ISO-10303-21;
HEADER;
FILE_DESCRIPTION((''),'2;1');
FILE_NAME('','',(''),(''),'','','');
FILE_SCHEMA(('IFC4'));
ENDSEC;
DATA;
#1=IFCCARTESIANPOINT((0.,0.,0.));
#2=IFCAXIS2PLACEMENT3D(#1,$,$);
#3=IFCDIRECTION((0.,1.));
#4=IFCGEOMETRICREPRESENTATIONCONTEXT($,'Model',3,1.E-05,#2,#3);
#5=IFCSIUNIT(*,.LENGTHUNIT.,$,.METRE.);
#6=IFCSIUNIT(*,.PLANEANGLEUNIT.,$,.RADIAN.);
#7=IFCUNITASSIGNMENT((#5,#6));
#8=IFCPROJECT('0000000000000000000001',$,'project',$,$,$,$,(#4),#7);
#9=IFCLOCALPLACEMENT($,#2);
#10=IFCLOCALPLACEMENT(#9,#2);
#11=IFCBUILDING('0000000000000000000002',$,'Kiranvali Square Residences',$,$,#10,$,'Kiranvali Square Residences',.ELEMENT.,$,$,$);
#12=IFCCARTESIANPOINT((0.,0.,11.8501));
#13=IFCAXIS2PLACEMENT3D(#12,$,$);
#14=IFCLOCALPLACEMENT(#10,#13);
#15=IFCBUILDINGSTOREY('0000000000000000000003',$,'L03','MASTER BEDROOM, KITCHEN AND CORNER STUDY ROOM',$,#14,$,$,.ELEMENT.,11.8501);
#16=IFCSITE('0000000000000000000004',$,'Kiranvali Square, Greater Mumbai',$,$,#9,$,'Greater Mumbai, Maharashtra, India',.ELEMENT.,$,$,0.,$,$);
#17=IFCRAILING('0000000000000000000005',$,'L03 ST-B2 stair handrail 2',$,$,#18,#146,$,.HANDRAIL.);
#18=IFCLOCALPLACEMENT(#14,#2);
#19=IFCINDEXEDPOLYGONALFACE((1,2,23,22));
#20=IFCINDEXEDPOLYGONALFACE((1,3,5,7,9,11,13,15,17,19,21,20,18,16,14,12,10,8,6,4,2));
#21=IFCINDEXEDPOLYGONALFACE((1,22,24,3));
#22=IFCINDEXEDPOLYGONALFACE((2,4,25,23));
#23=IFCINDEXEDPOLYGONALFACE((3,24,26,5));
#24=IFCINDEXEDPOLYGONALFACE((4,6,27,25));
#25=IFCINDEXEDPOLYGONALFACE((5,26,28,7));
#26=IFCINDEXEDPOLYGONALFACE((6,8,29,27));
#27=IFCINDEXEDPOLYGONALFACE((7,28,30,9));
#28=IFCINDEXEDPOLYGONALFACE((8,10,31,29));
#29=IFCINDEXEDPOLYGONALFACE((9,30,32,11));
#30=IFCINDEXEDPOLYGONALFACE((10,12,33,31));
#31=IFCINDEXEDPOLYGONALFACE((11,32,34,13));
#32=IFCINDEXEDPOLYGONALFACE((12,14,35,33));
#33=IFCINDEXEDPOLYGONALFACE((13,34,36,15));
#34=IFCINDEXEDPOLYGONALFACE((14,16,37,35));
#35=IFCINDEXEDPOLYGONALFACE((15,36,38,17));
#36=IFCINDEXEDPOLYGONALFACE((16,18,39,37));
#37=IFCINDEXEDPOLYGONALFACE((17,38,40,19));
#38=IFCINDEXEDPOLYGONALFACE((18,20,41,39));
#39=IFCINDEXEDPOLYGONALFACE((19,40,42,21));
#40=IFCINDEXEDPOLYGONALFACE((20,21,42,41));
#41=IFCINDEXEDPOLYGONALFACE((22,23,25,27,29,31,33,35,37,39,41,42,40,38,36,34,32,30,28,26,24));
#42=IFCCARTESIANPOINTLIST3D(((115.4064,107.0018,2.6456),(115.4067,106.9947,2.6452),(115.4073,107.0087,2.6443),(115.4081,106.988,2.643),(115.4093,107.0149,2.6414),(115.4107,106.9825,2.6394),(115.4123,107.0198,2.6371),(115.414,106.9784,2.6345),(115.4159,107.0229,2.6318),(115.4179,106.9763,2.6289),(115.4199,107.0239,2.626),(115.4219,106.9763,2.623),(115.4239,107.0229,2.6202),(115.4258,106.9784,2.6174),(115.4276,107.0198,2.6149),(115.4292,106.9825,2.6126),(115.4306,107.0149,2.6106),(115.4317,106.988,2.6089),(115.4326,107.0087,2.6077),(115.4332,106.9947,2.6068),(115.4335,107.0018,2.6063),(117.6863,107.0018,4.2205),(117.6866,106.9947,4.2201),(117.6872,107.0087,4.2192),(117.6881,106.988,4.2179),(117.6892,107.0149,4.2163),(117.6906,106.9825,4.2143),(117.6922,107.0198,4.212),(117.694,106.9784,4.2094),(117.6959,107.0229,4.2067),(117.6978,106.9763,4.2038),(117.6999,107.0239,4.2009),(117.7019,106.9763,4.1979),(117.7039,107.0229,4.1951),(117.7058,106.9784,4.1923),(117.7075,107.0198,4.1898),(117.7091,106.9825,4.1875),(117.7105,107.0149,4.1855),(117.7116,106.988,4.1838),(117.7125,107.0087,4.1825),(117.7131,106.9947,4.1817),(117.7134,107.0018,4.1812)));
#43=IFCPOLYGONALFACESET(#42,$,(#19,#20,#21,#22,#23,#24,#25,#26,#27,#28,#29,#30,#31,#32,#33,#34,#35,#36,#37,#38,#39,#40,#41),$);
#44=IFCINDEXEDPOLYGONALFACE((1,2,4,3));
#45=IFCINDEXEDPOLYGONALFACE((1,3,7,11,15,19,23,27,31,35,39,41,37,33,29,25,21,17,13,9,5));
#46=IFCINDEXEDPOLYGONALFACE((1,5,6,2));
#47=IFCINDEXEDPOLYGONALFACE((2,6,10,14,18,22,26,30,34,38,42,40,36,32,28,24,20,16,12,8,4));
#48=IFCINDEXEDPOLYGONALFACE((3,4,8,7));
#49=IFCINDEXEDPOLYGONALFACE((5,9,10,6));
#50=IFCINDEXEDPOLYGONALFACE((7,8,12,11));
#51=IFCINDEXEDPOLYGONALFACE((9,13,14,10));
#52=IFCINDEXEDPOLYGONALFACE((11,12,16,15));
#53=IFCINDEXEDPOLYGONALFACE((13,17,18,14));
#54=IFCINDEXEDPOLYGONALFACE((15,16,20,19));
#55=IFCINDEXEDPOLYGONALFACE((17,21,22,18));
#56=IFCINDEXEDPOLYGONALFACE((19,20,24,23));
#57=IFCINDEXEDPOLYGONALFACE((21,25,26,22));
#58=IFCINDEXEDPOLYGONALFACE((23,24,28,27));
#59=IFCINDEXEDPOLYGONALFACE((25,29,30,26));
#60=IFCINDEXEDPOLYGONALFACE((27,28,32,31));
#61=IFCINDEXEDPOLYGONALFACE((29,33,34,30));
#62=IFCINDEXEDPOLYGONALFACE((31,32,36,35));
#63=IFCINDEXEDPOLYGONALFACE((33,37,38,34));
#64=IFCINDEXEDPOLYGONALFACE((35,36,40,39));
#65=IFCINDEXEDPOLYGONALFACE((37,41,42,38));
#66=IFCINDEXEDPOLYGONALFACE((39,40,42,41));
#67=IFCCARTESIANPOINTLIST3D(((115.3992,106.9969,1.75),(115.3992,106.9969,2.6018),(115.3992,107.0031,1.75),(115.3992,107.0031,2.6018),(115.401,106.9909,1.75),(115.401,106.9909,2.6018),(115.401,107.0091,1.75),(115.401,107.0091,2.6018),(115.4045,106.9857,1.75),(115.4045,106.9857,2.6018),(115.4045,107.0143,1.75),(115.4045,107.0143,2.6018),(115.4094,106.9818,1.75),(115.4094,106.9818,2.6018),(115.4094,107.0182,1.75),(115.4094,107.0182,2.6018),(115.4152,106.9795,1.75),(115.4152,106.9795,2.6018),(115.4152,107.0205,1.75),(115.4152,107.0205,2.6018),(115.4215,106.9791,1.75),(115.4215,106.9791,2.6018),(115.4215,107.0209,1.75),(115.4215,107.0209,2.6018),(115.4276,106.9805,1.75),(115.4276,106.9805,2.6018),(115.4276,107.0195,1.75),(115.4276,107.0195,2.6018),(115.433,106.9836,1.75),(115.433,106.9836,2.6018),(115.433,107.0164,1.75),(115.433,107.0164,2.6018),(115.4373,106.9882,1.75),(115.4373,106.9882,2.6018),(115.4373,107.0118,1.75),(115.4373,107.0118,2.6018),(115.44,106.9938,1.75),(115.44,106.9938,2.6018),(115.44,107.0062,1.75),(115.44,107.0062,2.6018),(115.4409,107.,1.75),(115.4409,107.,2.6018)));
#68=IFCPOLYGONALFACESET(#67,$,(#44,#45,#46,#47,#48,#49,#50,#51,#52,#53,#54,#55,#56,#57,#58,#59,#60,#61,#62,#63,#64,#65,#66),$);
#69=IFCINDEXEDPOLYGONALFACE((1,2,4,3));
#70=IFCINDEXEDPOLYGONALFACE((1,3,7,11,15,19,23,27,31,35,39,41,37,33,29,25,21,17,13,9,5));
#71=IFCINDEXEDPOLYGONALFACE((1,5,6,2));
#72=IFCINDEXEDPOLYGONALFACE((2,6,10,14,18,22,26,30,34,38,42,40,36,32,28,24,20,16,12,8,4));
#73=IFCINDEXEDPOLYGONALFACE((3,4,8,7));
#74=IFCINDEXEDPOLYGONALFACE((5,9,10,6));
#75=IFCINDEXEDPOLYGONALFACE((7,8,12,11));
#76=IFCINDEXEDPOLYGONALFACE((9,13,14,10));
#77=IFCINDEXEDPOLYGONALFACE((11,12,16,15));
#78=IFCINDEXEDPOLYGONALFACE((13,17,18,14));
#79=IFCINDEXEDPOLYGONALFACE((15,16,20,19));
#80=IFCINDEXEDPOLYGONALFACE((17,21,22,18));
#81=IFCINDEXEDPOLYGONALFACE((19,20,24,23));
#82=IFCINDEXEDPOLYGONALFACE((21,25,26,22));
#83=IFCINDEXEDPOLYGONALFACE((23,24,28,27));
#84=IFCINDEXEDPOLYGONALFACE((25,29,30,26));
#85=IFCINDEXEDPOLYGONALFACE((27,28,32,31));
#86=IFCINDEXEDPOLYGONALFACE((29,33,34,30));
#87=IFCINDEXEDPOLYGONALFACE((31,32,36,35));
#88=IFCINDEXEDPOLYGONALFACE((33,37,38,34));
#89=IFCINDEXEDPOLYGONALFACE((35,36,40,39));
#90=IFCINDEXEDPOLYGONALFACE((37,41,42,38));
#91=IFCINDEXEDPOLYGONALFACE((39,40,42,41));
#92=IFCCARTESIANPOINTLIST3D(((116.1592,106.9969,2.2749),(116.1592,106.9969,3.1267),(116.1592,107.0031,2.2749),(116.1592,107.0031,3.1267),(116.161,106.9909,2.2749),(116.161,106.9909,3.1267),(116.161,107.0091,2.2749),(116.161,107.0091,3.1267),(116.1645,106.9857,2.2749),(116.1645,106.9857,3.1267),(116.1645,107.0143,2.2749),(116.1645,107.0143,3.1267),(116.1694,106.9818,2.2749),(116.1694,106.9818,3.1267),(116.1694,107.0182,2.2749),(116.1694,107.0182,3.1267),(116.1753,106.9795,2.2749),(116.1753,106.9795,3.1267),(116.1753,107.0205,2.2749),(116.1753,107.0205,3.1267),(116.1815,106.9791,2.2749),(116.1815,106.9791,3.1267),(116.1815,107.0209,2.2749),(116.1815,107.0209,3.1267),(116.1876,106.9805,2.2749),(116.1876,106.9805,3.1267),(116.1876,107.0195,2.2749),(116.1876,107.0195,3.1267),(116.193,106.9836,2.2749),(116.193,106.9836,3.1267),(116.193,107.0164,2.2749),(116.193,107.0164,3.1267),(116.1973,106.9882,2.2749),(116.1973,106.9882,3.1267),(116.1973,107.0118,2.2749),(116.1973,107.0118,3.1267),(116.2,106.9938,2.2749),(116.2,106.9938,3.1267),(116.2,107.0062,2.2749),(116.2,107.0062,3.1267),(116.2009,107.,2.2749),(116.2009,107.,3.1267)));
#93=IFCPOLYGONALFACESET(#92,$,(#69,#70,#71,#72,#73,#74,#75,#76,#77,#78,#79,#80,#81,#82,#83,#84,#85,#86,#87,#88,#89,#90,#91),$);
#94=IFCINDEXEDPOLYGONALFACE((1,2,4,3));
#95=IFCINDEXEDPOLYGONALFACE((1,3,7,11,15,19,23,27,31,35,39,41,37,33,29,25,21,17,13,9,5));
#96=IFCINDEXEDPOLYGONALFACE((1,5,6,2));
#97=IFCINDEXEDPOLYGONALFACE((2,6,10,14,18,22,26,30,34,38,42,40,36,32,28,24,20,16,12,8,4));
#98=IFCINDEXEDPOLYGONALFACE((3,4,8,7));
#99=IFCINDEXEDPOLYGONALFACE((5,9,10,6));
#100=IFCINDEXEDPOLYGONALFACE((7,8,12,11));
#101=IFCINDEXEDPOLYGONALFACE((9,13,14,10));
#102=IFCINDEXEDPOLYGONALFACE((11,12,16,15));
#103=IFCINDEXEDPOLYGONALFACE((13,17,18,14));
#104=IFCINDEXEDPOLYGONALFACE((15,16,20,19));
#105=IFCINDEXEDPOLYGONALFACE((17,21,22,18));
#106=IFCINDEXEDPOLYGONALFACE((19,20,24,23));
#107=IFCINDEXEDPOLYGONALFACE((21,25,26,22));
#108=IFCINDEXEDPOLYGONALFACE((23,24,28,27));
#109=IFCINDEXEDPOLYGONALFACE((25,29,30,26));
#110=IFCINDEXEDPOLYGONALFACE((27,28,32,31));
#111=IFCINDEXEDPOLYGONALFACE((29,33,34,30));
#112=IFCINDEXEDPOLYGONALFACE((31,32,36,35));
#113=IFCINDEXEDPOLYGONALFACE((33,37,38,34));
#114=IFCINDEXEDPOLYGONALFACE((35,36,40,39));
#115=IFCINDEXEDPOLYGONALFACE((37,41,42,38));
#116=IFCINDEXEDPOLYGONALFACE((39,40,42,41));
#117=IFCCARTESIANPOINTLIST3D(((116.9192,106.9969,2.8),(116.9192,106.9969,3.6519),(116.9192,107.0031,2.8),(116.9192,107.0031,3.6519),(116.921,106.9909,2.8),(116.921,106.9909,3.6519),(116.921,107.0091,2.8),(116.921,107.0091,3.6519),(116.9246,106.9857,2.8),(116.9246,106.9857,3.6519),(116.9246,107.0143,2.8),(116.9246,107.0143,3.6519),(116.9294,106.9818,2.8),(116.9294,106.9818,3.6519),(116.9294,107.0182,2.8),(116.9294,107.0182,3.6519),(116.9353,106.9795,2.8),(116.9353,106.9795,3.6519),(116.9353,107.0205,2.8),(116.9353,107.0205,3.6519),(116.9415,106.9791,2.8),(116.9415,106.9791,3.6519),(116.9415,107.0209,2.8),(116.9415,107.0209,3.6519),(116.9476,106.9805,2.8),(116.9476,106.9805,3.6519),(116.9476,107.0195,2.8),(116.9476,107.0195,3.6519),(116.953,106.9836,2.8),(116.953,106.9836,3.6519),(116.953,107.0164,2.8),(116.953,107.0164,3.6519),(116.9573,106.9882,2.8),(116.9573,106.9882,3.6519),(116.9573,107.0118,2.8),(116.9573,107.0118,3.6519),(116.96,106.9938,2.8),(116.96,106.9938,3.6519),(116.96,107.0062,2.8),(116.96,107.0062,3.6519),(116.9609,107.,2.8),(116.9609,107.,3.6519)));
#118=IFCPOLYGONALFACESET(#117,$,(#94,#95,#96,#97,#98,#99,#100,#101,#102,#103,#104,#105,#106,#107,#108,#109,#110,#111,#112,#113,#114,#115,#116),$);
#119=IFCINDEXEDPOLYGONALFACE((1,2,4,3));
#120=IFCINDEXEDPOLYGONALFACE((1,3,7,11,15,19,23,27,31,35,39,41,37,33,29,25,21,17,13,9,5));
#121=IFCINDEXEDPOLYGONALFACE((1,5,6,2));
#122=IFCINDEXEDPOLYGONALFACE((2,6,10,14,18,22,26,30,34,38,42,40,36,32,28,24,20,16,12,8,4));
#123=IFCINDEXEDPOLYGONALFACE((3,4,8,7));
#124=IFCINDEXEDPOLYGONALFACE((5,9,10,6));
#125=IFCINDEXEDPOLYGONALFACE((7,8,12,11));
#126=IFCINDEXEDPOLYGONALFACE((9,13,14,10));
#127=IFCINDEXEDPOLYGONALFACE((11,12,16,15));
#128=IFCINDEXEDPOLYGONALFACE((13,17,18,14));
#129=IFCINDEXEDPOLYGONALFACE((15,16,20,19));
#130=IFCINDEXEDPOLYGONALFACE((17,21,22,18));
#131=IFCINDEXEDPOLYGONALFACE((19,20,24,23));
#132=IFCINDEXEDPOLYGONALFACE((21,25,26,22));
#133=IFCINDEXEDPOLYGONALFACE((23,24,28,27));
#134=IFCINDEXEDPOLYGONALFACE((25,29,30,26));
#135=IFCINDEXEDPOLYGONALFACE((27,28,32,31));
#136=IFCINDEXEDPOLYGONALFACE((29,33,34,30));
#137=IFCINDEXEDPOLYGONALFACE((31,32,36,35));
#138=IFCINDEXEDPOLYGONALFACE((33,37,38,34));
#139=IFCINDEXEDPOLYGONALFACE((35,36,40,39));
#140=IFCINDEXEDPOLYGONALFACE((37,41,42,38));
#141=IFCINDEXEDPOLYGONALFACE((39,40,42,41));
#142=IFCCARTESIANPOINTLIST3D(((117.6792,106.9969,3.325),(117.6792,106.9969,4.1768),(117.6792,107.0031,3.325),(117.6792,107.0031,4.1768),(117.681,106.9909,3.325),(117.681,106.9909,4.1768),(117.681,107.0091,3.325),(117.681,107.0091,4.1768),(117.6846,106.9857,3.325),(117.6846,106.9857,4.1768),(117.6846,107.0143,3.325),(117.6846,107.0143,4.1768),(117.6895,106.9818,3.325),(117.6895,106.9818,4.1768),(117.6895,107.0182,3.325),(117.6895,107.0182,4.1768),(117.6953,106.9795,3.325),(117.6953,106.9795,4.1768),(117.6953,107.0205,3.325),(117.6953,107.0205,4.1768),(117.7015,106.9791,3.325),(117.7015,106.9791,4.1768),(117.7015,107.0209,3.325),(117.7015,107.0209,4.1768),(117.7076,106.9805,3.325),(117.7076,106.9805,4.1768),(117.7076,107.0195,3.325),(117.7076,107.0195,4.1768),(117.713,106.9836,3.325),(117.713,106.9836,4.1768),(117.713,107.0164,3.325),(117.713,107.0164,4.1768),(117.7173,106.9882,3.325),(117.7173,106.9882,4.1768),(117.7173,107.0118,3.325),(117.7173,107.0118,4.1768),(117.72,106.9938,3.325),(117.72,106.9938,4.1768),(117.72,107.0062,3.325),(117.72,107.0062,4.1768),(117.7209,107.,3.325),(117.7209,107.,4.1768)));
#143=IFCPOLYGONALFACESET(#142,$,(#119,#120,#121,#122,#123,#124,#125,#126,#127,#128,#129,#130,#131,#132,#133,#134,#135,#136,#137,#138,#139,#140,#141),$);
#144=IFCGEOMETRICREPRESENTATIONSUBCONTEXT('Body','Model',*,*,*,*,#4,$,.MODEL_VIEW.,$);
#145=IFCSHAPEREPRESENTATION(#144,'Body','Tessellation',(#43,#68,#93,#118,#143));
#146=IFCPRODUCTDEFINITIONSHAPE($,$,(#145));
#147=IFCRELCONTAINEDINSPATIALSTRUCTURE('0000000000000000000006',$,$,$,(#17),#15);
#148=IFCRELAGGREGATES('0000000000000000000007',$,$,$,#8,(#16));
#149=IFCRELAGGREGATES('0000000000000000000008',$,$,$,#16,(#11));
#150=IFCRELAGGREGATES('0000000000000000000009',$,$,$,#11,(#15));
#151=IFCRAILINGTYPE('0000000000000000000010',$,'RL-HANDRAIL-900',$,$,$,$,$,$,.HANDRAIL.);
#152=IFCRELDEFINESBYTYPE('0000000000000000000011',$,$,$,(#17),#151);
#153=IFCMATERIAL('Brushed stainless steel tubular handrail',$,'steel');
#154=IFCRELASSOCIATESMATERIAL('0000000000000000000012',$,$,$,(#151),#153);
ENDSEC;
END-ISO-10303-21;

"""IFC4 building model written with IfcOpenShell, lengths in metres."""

from ifc_helpers import new_model, si_unit, direction, frame, origin, origin_2d, place, context, subcontext, project, spatial, circle, extrude, material, type_object, element, save


model = new_model("IFC4")

# Units and contexts
model_context = context("Model", 3, precision=1e-05, world=origin(), true_north=direction((0.0, 1.0)))
body_context = subcontext(model_context, "Body", "Model", "MODEL_VIEW")
ifc_project = project(units=[si_unit("LENGTHUNIT", "METRE"), si_unit("PLANEANGLEUNIT", "RADIAN")], contexts=[model_context])

# Site, building, storey
site_placement = place(None, origin())
site = spatial("IfcSite", under=ifc_project, at=site_placement, Name="Kiranvali Square, Greater Mumbai", LongName="Greater Mumbai, Maharashtra, India", CompositionType="ELEMENT", RefElevation=0.0)
building_placement = place(site_placement, origin())
building = spatial("IfcBuilding", under=site, at=building_placement, Name="Kiranvali Square Residences", LongName="Kiranvali Square Residences", CompositionType="ELEMENT")
storey_placement = place(building_placement, frame((0.0, 0.0, 11.8501)))
storey = spatial("IfcBuildingStorey", under=building, at=storey_placement, Name="L03", Description="MASTER BEDROOM, KITCHEN AND CORNER STUDY ROOM", CompositionType="ELEMENT", Elevation=11.8501)

# Railing
ifc_material_1 = material(Name="Brushed stainless steel tubular handrail", Category="steel")
railing_type_1 = type_object("IfcRailingType", Name="RL-HANDRAIL-900", PredefinedType="HANDRAIL", material=ifc_material_1)
railing_1_placement = place(storey_placement, frame((115.4199, 107.0, 1.75)))
element("IfcRailing", 1, at=railing_1_placement, inside=storey, type_object=railing_type_1, Name="L03 ST-B2 stair handrail 2", PredefinedType="HANDRAIL", context=body_context, shape_type="SweptSolid", body=[
    extrude(circle(Radius=0.0239, at=origin_2d()), frame((0.0, 0.0, 0.876), z_axis=(0.822788, 0.0, 0.568348), x_axis=(0.0, 1.0, 0.0)), (0.0, 0.0, 1.0), 2.771),
    extrude(circle(Radius=0.021, at=origin_2d()), origin(), (0.0, 0.0, 1.0), 0.8518),
    extrude(circle(Radius=0.021, at=origin_2d()), frame((0.76, 0.0, 0.5249)), (0.0, 0.0, 1.0), 0.8518),
    extrude(circle(Radius=0.021, at=origin_2d()), frame((1.52, 0.0, 1.05)), (0.0, 0.0, 1.0), 0.8518),
    extrude(circle(Radius=0.021, at=origin_2d()), frame((2.28, 0.0, 1.575)), (0.0, 0.0, 1.0), 0.8518),
])

save(model, "model.ifc")
